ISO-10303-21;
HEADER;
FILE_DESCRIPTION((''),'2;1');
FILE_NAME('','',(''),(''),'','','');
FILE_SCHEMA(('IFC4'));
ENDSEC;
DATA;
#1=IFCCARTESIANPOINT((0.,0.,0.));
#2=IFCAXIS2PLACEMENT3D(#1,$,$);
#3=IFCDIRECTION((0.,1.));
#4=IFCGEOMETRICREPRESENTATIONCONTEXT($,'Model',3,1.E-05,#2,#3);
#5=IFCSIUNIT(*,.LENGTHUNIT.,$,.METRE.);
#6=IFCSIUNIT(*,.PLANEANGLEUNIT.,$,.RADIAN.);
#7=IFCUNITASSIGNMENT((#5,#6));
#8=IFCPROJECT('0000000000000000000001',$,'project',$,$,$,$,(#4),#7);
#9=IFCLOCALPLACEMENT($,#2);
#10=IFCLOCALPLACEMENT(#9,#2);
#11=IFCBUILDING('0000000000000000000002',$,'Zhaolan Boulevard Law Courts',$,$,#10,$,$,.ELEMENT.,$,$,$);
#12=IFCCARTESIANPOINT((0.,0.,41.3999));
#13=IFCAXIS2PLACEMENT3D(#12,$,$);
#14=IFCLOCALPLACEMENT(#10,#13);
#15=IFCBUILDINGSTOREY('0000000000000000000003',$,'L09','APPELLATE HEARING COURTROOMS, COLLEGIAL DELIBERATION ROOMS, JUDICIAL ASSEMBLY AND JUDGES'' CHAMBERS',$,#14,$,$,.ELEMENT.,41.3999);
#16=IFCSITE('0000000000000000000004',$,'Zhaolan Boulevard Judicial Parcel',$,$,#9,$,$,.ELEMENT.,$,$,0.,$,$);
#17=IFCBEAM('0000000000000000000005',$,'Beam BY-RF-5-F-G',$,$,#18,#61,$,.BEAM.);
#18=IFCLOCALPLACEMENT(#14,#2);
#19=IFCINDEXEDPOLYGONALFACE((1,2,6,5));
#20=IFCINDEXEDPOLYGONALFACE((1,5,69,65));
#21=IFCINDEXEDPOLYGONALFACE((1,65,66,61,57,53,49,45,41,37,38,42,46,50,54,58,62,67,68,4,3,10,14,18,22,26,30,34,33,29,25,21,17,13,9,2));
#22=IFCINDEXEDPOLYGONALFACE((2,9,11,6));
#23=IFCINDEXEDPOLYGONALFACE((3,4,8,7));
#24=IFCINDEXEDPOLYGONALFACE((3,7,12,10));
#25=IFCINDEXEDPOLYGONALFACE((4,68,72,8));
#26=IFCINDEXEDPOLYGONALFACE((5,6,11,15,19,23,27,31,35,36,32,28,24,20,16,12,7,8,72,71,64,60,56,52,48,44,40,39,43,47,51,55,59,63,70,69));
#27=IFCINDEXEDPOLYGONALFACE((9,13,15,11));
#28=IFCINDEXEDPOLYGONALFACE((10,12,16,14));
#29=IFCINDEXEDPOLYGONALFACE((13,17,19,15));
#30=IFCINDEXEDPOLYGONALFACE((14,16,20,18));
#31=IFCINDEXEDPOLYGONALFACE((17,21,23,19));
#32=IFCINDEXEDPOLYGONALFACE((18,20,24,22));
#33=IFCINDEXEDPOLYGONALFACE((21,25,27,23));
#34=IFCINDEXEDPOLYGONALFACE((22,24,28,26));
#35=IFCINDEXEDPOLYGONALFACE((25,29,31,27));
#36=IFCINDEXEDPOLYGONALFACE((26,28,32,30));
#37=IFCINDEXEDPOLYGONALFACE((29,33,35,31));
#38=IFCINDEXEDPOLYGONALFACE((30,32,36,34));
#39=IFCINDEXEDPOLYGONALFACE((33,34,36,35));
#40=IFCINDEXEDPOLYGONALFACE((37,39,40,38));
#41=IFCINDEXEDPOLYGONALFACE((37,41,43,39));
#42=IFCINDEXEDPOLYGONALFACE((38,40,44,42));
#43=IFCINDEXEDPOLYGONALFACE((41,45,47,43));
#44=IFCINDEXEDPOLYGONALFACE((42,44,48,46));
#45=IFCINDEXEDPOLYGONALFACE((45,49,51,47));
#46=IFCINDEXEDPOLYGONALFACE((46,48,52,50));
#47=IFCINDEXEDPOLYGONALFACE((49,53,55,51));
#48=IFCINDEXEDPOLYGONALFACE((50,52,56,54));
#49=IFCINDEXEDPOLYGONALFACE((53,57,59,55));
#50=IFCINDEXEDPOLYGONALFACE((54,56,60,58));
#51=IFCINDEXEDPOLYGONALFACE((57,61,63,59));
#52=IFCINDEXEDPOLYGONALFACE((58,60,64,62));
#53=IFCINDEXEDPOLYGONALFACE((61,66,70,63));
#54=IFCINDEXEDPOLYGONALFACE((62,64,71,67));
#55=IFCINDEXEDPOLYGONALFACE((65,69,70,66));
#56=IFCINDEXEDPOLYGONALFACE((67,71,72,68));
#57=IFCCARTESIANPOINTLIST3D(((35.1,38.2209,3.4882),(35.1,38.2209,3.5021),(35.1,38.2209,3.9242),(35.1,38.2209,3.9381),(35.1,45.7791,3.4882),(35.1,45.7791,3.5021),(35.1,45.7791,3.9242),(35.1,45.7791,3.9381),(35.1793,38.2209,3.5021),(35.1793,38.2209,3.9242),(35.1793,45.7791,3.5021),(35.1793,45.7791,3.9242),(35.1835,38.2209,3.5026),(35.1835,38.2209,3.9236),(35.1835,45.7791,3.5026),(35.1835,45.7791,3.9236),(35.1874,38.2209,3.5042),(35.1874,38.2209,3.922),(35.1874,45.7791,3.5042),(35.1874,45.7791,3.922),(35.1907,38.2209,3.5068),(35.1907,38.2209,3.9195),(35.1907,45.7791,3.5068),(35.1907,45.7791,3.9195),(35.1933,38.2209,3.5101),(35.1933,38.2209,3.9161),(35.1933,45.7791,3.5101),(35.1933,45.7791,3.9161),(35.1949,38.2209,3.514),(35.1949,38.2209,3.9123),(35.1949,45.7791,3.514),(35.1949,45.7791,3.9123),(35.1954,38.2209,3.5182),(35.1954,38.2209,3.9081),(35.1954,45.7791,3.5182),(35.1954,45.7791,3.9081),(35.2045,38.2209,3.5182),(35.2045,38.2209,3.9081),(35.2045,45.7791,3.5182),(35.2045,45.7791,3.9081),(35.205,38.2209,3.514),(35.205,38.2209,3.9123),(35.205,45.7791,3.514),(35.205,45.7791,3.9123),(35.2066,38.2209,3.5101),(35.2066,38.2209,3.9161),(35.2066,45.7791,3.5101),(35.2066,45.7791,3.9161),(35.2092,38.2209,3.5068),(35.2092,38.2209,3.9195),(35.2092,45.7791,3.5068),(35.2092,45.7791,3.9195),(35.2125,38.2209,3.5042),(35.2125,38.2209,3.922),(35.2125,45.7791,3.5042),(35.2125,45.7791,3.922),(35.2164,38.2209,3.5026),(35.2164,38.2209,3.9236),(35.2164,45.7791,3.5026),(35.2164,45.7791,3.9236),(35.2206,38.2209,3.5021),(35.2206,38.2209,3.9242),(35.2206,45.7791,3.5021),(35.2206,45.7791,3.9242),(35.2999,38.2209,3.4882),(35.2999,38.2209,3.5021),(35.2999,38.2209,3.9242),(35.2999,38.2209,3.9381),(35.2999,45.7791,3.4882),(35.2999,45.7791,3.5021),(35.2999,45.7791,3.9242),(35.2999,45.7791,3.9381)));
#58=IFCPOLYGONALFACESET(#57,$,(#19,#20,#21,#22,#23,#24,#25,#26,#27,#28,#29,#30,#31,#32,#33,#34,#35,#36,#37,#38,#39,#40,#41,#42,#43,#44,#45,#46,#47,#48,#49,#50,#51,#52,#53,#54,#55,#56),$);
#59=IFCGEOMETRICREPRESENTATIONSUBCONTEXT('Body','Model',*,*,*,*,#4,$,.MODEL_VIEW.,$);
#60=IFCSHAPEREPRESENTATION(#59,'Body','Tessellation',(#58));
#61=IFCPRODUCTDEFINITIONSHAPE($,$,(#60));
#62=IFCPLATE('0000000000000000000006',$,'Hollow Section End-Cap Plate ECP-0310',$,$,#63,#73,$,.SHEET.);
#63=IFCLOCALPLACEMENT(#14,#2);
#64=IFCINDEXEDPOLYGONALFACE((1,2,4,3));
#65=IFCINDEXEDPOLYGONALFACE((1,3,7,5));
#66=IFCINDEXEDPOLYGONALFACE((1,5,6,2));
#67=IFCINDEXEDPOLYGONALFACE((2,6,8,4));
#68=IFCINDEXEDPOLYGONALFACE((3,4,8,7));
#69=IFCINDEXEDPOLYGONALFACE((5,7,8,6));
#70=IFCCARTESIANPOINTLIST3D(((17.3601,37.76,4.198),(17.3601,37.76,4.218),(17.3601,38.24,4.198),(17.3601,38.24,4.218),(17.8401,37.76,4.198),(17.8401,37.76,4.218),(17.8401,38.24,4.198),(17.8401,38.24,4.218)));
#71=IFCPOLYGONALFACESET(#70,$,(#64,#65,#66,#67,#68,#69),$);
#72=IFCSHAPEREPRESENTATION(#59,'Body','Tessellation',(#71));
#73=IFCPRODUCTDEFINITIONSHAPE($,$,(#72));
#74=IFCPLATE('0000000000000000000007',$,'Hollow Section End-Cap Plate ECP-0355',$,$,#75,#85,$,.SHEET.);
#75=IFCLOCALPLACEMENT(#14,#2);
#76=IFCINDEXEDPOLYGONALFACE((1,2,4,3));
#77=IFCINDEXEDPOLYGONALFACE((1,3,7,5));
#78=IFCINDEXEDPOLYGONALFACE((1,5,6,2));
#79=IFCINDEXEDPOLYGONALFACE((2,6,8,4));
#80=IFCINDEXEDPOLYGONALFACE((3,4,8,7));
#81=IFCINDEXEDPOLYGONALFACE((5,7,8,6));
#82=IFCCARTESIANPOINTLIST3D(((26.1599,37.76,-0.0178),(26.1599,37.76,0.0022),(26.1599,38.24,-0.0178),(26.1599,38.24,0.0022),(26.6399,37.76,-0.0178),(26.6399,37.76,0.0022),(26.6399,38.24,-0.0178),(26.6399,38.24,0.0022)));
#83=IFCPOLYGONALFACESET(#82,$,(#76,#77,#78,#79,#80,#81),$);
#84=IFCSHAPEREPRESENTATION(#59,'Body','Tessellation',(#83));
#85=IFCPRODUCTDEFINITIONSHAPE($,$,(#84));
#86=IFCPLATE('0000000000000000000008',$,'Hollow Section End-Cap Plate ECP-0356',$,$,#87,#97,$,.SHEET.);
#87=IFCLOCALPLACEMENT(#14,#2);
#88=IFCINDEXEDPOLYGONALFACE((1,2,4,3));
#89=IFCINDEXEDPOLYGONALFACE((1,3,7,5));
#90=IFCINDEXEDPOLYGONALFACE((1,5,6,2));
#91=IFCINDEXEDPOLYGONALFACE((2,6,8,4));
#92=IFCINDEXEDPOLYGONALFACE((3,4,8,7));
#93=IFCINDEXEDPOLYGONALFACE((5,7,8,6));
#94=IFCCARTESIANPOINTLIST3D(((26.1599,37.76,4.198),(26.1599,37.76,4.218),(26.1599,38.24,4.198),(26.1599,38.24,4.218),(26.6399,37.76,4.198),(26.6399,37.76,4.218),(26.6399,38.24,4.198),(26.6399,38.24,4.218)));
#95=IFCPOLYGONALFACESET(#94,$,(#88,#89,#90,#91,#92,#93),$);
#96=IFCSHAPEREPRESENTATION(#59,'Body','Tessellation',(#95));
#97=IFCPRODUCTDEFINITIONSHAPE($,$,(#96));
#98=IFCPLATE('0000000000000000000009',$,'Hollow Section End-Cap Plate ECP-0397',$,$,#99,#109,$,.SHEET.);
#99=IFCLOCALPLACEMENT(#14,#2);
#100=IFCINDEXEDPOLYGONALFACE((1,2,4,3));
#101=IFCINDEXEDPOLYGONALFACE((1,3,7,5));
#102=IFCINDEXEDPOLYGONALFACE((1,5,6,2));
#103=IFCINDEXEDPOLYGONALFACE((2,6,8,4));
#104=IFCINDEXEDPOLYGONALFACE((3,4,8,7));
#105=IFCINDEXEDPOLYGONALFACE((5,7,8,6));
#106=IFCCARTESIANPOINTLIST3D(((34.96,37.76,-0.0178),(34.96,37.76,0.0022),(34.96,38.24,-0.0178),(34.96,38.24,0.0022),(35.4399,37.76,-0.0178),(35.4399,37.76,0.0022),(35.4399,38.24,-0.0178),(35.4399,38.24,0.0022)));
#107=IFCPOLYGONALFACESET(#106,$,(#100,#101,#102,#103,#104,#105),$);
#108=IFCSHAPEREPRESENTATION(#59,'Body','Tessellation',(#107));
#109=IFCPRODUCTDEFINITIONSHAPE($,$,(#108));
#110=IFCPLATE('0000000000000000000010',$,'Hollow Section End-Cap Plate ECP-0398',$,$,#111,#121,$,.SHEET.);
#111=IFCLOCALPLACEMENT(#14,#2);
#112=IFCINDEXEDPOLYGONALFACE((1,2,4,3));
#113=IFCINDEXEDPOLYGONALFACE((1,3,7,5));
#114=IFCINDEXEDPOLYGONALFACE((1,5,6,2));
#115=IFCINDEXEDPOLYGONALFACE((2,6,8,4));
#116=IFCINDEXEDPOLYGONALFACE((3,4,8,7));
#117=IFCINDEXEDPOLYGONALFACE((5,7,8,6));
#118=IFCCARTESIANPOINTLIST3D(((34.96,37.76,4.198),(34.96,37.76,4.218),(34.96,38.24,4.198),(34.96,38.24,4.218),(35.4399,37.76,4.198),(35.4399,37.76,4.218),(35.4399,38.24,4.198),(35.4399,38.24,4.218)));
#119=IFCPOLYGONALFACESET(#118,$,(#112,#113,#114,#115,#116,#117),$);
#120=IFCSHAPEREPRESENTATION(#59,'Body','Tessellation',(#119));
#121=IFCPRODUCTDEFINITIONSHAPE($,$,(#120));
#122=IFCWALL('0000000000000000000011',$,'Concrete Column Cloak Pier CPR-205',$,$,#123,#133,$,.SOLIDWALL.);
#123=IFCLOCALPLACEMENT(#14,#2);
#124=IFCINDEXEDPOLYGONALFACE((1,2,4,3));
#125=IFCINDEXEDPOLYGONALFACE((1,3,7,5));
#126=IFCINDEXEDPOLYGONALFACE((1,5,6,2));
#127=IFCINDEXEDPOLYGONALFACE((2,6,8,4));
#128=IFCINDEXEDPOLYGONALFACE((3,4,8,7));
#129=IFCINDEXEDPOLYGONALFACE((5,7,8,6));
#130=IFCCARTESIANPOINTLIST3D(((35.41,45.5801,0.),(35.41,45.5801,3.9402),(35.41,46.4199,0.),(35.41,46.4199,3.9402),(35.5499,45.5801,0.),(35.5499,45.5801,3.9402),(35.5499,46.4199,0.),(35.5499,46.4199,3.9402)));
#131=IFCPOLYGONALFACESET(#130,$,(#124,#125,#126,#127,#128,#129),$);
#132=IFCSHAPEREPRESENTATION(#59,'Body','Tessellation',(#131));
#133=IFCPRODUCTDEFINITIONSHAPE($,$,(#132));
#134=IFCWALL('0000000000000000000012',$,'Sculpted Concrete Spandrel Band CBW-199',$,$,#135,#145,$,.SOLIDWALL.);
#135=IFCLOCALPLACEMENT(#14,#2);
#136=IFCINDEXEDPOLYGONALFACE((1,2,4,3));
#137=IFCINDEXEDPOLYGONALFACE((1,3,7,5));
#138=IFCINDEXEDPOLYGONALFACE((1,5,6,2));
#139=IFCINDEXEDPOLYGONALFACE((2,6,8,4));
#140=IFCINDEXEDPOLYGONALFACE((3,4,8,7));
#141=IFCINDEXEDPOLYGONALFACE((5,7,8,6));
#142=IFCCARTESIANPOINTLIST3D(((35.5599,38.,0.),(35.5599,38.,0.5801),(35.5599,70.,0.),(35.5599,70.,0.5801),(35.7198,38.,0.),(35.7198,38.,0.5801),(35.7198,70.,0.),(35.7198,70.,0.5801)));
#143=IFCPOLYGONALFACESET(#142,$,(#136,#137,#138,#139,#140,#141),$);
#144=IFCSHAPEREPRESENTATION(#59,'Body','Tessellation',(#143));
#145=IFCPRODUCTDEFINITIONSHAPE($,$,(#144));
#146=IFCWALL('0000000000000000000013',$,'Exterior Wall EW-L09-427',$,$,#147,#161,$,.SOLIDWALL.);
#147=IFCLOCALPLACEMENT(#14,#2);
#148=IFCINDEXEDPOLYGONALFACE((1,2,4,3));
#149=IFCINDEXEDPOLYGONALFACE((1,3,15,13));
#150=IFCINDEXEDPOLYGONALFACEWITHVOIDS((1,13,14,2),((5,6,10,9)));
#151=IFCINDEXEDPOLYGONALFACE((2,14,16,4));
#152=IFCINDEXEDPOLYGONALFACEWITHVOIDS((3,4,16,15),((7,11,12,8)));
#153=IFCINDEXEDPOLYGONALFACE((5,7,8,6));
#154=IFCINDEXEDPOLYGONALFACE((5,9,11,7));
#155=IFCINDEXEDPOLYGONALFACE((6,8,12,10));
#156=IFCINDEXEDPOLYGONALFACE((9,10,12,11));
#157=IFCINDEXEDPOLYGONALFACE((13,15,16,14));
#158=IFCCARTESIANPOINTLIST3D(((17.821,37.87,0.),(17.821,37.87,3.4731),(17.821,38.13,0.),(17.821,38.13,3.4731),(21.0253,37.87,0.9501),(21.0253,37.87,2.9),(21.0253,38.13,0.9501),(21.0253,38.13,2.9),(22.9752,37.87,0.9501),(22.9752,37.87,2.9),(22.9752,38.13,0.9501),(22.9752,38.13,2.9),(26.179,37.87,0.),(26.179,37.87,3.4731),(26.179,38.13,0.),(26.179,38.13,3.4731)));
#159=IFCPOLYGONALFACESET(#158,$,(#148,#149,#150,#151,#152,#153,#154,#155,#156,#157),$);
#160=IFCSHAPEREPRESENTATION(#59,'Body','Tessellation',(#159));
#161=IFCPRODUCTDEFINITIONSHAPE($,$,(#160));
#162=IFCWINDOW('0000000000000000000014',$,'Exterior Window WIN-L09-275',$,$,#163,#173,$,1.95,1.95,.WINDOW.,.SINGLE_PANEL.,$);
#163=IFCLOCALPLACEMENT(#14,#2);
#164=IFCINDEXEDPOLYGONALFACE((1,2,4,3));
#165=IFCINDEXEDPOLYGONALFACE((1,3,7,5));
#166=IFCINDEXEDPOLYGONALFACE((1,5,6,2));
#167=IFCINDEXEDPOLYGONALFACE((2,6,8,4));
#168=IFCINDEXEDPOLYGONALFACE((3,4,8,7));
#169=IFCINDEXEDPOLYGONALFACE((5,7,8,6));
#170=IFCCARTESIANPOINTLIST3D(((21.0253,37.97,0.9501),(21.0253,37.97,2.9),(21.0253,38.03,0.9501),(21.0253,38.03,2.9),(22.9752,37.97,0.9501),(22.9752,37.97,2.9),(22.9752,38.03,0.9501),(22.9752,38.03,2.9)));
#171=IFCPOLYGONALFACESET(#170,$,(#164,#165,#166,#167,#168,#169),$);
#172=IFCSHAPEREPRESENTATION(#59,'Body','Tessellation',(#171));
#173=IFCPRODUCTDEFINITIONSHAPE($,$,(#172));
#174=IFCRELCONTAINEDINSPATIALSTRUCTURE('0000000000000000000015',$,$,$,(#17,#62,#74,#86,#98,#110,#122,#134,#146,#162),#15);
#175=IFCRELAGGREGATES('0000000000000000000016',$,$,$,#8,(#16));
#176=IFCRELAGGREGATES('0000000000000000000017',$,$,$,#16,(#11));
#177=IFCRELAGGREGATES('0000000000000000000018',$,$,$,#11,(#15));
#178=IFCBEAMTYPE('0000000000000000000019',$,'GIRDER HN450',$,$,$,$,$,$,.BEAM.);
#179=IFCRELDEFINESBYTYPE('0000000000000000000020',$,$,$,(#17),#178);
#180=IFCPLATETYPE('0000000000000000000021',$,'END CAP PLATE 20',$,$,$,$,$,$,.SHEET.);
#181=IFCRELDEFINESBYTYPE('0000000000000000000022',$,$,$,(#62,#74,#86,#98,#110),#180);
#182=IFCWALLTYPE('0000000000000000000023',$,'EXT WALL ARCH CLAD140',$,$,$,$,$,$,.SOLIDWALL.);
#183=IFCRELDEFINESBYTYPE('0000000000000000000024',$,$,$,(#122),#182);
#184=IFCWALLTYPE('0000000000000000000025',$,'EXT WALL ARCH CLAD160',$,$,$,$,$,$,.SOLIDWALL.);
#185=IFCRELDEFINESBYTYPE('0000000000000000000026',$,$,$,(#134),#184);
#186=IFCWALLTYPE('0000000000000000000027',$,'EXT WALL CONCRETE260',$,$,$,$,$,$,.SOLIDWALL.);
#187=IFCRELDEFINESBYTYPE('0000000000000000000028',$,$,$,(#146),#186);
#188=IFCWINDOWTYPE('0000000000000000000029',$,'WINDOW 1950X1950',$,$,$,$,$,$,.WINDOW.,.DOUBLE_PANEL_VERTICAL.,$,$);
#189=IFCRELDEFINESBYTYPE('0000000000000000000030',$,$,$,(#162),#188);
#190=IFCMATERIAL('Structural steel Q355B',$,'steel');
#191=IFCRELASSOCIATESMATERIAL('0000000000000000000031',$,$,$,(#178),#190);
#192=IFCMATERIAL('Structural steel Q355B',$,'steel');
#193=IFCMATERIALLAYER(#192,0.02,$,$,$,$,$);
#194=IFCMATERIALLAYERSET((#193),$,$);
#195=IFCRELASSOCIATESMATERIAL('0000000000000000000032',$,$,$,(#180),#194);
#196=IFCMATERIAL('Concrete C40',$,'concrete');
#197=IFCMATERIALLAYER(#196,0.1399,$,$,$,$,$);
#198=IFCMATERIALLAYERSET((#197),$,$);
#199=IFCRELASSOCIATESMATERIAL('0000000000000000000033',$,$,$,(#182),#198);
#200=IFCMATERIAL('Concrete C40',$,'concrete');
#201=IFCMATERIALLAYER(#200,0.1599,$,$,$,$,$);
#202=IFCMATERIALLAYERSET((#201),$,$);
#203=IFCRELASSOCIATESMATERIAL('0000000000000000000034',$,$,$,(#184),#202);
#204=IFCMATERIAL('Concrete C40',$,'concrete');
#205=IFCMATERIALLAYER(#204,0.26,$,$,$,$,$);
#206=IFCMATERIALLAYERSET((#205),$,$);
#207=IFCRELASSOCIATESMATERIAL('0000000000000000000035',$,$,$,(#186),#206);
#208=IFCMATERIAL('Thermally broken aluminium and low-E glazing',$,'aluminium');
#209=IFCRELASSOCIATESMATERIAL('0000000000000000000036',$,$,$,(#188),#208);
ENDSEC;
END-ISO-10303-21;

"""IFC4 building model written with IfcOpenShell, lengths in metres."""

from ifc_helpers import new_model, si_unit, direction, frame, frame_2d, origin, origin_2d, place, context, subcontext, project, spatial, rectangle, i_section, extrude, material, layer, layer_set, material_profile, profile_set, type_object, element, fill, save


model = new_model("IFC4")

# Units and contexts
model_context = context("Model", 3, precision=1e-05, world=origin(), true_north=direction((0.0, 1.0)))
body_context = subcontext(model_context, "Body", "Model", "MODEL_VIEW")
ifc_project = project(units=[si_unit("LENGTHUNIT", "METRE"), si_unit("PLANEANGLEUNIT", "RADIAN")], contexts=[model_context])

# Site, building, storey
site_placement = place(None, origin())
site = spatial("IfcSite", under=ifc_project, at=site_placement, Name="Zhaolan Boulevard Judicial Parcel", CompositionType="ELEMENT", RefElevation=0.0)
building_placement = place(site_placement, origin())
building = spatial("IfcBuilding", under=site, at=building_placement, Name="Zhaolan Boulevard Law Courts", CompositionType="ELEMENT")
storey_placement = place(building_placement, frame((0.0, 0.0, 41.3999)))
storey = spatial("IfcBuildingStorey", under=building, at=storey_placement, Name="L09", Description="APPELLATE HEARING COURTROOMS, COLLEGIAL DELIBERATION ROOMS, JUDICIAL ASSEMBLY AND JUDGES' CHAMBERS", CompositionType="ELEMENT", Elevation=41.3999)

# Beam
ifc_material_1 = material(Name="Structural steel Q355B", Category="steel")
ifc_material_profile = material_profile(ifc_material_1, i_section(OverallWidth=0.2, OverallDepth=0.45, WebThickness=0.009, FlangeThickness=0.0139, FilletRadius=0.0161, at=origin_2d()), Name="HN450x200")
ifc_profile_set = profile_set([ifc_material_profile], Name="Structural steel Q355B")
beam_type = type_object("IfcBeamType", Name="GIRDER HN450", PredefinedType="BEAM", material=ifc_profile_set)
beam_placement = place(storey_placement, frame((35.2, 38.2209, 3.7131), z_axis=(0.0, 1.0, 0.0), x_axis=(-1.0, 0.0, 0.0)))
element("IfcBeam", 1, at=beam_placement, inside=storey, type_object=beam_type, Name="Beam BY-RF-5-F-G", PredefinedType="BEAM", context=body_context, shape_type="SweptSolid", body=[
    extrude(i_section(OverallWidth=0.2, OverallDepth=0.45, WebThickness=0.009, FlangeThickness=0.0139, FilletRadius=0.0161, at=origin_2d()), origin(), (0.0, 0.0, 1.0), 7.5581),
])

# Plates
ifc_material_2 = material(Name="Structural steel Q355B", Category="steel")
ifc_layer_1 = layer(ifc_material_2, 0.02)
ifc_layer_set_1 = layer_set([ifc_layer_1])
plate_type = type_object("IfcPlateType", Name="END CAP PLATE 20", PredefinedType="SHEET", material=ifc_layer_set_1)
for number, where, z_axis, x_axis, name in (
    (2, (17.6001, 38.0, 4.198), (0.0, 0.0, 1.0), (1.0, 0.0, 0.0), "Hollow Section End-Cap Plate ECP-0310"),
    (3, (26.3999, 38.0, -0.0178), (0.0, 0.0, 1.0), (1.0, 0.0, 0.0), "Hollow Section End-Cap Plate ECP-0355"),
    (4, (26.3999, 38.0, 4.198), (0.0, 0.0, 1.0), (1.0, 0.0, 0.0), "Hollow Section End-Cap Plate ECP-0356"),
    (5, (35.2, 38.0, -0.0178), (0.0, 0.0, 1.0), (1.0, 0.0, 0.0), "Hollow Section End-Cap Plate ECP-0397"),
    (6, (35.2, 38.0, 4.198), (0.0, 0.0, 1.0), (1.0, 0.0, 0.0), "Hollow Section End-Cap Plate ECP-0398"),
):
    element("IfcPlate", number, at=place(storey_placement, frame(where, z_axis=z_axis, x_axis=x_axis)), inside=storey, type_object=plate_type, Name=name, PredefinedType="SHEET", context=body_context, shape_type="SweptSolid", body=[
        extrude(rectangle(XDim=0.48, YDim=0.48, at=origin_2d()), origin(), (0.0, 0.0, 1.0), 0.02),
    ])

# Walls
ifc_material_3 = material(Name="Concrete C40", Category="concrete")
ifc_layer_2 = layer(ifc_material_3, 0.1399)
ifc_layer_set_2 = layer_set([ifc_layer_2])
wall_type_1 = type_object("IfcWallType", Name="EXT WALL ARCH CLAD140", PredefinedType="SOLIDWALL", material=ifc_layer_set_2)
wall_1_placement = place(storey_placement, frame((35.48, 45.5801, 0.0), z_axis=(0.0, 0.0, 1.0), x_axis=(0.0, 1.0, 0.0)))
element("IfcWall", 7, at=wall_1_placement, inside=storey, type_object=wall_type_1, Name="Concrete Column Cloak Pier CPR-205", PredefinedType="SOLIDWALL", context=body_context, shape_type="SweptSolid", body=[
    extrude(rectangle(XDim=0.8398, YDim=0.1399, at=frame_2d((0.4199, 0.0))), origin(), (0.0, 0.0, 1.0), 3.9402),
])
ifc_material_4 = material(Name="Concrete C40", Category="concrete")
ifc_layer_3 = layer(ifc_material_4, 0.1599)
ifc_layer_set_3 = layer_set([ifc_layer_3])
wall_type_2 = type_object("IfcWallType", Name="EXT WALL ARCH CLAD160", PredefinedType="SOLIDWALL", material=ifc_layer_set_3)
wall_2_placement = place(storey_placement, frame((35.6399, 38.0, 0.0), z_axis=(0.0, 0.0, 1.0), x_axis=(0.0, 1.0, 0.0)))
element("IfcWall", 8, at=wall_2_placement, inside=storey, type_object=wall_type_2, Name="Sculpted Concrete Spandrel Band CBW-199", PredefinedType="SOLIDWALL", context=body_context, shape_type="SweptSolid", body=[
    extrude(rectangle(XDim=32.0, YDim=0.1599, at=frame_2d((16.0, 0.0))), origin(), (0.0, 0.0, 1.0), 0.5801),
])

# Wall, opening, window
ifc_material_5 = material(Name="Concrete C40", Category="concrete")
ifc_layer_4 = layer(ifc_material_5, 0.26)
ifc_layer_set_4 = layer_set([ifc_layer_4])
wall_type_3 = type_object("IfcWallType", Name="EXT WALL CONCRETE260", PredefinedType="SOLIDWALL", material=ifc_layer_set_4)
wall_3_placement = place(storey_placement, frame((17.821, 38.0, 0.0), z_axis=(0.0, 0.0, 1.0), x_axis=(1.0, 0.0, 0.0)))
wall_3 = element("IfcWall", 9, at=wall_3_placement, inside=storey, type_object=wall_type_3, Name="Exterior Wall EW-L09-427", PredefinedType="SOLIDWALL", context=body_context, shape_type="SweptSolid", body=[
    extrude(rectangle(XDim=8.3579, YDim=0.26, at=frame_2d((4.179, 0.0))), origin(), (0.0, 0.0, 1.0), 3.4731),
])
opening_1_placement = place(wall_3_placement, frame((3.2041, 0.0, 0.95)))
opening_1 = element("IfcOpeningElement", 10, at=opening_1_placement, cuts=wall_3, PredefinedType="OPENING", context=body_context, shape_type="SweptSolid", body=[
    extrude(rectangle(XDim=1.95, YDim=1.95, at=frame_2d((0.9751, 0.9751))), frame((0.0, 0.1399, 0.0), z_axis=(0.0, -1.0, 0.0), x_axis=(1.0, 0.0, 0.0)), (0.0, 0.0, 1.0), 0.28),
])
ifc_material_6 = material(Name="Thermally broken aluminium and low-E glazing", Category="aluminium")
window_type_1 = type_object("IfcWindowType", Name="WINDOW 1950X1950", PartitioningType="DOUBLE_PANEL_VERTICAL", PredefinedType="WINDOW", material=ifc_material_6)
window_1_placement = place(opening_1_placement, origin())
window_1 = element("IfcWindow", 11, at=window_1_placement, inside=storey, type_object=window_type_1, Name="Exterior Window WIN-L09-275", OverallHeight=1.95, OverallWidth=1.95, PartitioningType="SINGLE_PANEL", PredefinedType="WINDOW", context=body_context, shape_type="SweptSolid", body=[
    extrude(rectangle(XDim=1.95, YDim=1.95, at=frame_2d((0.9751, 0.9751))), frame((0.0, 0.03, 0.0), z_axis=(0.0, -1.0, 0.0), x_axis=(1.0, 0.0, 0.0)), (0.0, 0.0, 1.0), 0.0601),
])
fill(opening_1, window_1)

save(model, "model.ifc")
